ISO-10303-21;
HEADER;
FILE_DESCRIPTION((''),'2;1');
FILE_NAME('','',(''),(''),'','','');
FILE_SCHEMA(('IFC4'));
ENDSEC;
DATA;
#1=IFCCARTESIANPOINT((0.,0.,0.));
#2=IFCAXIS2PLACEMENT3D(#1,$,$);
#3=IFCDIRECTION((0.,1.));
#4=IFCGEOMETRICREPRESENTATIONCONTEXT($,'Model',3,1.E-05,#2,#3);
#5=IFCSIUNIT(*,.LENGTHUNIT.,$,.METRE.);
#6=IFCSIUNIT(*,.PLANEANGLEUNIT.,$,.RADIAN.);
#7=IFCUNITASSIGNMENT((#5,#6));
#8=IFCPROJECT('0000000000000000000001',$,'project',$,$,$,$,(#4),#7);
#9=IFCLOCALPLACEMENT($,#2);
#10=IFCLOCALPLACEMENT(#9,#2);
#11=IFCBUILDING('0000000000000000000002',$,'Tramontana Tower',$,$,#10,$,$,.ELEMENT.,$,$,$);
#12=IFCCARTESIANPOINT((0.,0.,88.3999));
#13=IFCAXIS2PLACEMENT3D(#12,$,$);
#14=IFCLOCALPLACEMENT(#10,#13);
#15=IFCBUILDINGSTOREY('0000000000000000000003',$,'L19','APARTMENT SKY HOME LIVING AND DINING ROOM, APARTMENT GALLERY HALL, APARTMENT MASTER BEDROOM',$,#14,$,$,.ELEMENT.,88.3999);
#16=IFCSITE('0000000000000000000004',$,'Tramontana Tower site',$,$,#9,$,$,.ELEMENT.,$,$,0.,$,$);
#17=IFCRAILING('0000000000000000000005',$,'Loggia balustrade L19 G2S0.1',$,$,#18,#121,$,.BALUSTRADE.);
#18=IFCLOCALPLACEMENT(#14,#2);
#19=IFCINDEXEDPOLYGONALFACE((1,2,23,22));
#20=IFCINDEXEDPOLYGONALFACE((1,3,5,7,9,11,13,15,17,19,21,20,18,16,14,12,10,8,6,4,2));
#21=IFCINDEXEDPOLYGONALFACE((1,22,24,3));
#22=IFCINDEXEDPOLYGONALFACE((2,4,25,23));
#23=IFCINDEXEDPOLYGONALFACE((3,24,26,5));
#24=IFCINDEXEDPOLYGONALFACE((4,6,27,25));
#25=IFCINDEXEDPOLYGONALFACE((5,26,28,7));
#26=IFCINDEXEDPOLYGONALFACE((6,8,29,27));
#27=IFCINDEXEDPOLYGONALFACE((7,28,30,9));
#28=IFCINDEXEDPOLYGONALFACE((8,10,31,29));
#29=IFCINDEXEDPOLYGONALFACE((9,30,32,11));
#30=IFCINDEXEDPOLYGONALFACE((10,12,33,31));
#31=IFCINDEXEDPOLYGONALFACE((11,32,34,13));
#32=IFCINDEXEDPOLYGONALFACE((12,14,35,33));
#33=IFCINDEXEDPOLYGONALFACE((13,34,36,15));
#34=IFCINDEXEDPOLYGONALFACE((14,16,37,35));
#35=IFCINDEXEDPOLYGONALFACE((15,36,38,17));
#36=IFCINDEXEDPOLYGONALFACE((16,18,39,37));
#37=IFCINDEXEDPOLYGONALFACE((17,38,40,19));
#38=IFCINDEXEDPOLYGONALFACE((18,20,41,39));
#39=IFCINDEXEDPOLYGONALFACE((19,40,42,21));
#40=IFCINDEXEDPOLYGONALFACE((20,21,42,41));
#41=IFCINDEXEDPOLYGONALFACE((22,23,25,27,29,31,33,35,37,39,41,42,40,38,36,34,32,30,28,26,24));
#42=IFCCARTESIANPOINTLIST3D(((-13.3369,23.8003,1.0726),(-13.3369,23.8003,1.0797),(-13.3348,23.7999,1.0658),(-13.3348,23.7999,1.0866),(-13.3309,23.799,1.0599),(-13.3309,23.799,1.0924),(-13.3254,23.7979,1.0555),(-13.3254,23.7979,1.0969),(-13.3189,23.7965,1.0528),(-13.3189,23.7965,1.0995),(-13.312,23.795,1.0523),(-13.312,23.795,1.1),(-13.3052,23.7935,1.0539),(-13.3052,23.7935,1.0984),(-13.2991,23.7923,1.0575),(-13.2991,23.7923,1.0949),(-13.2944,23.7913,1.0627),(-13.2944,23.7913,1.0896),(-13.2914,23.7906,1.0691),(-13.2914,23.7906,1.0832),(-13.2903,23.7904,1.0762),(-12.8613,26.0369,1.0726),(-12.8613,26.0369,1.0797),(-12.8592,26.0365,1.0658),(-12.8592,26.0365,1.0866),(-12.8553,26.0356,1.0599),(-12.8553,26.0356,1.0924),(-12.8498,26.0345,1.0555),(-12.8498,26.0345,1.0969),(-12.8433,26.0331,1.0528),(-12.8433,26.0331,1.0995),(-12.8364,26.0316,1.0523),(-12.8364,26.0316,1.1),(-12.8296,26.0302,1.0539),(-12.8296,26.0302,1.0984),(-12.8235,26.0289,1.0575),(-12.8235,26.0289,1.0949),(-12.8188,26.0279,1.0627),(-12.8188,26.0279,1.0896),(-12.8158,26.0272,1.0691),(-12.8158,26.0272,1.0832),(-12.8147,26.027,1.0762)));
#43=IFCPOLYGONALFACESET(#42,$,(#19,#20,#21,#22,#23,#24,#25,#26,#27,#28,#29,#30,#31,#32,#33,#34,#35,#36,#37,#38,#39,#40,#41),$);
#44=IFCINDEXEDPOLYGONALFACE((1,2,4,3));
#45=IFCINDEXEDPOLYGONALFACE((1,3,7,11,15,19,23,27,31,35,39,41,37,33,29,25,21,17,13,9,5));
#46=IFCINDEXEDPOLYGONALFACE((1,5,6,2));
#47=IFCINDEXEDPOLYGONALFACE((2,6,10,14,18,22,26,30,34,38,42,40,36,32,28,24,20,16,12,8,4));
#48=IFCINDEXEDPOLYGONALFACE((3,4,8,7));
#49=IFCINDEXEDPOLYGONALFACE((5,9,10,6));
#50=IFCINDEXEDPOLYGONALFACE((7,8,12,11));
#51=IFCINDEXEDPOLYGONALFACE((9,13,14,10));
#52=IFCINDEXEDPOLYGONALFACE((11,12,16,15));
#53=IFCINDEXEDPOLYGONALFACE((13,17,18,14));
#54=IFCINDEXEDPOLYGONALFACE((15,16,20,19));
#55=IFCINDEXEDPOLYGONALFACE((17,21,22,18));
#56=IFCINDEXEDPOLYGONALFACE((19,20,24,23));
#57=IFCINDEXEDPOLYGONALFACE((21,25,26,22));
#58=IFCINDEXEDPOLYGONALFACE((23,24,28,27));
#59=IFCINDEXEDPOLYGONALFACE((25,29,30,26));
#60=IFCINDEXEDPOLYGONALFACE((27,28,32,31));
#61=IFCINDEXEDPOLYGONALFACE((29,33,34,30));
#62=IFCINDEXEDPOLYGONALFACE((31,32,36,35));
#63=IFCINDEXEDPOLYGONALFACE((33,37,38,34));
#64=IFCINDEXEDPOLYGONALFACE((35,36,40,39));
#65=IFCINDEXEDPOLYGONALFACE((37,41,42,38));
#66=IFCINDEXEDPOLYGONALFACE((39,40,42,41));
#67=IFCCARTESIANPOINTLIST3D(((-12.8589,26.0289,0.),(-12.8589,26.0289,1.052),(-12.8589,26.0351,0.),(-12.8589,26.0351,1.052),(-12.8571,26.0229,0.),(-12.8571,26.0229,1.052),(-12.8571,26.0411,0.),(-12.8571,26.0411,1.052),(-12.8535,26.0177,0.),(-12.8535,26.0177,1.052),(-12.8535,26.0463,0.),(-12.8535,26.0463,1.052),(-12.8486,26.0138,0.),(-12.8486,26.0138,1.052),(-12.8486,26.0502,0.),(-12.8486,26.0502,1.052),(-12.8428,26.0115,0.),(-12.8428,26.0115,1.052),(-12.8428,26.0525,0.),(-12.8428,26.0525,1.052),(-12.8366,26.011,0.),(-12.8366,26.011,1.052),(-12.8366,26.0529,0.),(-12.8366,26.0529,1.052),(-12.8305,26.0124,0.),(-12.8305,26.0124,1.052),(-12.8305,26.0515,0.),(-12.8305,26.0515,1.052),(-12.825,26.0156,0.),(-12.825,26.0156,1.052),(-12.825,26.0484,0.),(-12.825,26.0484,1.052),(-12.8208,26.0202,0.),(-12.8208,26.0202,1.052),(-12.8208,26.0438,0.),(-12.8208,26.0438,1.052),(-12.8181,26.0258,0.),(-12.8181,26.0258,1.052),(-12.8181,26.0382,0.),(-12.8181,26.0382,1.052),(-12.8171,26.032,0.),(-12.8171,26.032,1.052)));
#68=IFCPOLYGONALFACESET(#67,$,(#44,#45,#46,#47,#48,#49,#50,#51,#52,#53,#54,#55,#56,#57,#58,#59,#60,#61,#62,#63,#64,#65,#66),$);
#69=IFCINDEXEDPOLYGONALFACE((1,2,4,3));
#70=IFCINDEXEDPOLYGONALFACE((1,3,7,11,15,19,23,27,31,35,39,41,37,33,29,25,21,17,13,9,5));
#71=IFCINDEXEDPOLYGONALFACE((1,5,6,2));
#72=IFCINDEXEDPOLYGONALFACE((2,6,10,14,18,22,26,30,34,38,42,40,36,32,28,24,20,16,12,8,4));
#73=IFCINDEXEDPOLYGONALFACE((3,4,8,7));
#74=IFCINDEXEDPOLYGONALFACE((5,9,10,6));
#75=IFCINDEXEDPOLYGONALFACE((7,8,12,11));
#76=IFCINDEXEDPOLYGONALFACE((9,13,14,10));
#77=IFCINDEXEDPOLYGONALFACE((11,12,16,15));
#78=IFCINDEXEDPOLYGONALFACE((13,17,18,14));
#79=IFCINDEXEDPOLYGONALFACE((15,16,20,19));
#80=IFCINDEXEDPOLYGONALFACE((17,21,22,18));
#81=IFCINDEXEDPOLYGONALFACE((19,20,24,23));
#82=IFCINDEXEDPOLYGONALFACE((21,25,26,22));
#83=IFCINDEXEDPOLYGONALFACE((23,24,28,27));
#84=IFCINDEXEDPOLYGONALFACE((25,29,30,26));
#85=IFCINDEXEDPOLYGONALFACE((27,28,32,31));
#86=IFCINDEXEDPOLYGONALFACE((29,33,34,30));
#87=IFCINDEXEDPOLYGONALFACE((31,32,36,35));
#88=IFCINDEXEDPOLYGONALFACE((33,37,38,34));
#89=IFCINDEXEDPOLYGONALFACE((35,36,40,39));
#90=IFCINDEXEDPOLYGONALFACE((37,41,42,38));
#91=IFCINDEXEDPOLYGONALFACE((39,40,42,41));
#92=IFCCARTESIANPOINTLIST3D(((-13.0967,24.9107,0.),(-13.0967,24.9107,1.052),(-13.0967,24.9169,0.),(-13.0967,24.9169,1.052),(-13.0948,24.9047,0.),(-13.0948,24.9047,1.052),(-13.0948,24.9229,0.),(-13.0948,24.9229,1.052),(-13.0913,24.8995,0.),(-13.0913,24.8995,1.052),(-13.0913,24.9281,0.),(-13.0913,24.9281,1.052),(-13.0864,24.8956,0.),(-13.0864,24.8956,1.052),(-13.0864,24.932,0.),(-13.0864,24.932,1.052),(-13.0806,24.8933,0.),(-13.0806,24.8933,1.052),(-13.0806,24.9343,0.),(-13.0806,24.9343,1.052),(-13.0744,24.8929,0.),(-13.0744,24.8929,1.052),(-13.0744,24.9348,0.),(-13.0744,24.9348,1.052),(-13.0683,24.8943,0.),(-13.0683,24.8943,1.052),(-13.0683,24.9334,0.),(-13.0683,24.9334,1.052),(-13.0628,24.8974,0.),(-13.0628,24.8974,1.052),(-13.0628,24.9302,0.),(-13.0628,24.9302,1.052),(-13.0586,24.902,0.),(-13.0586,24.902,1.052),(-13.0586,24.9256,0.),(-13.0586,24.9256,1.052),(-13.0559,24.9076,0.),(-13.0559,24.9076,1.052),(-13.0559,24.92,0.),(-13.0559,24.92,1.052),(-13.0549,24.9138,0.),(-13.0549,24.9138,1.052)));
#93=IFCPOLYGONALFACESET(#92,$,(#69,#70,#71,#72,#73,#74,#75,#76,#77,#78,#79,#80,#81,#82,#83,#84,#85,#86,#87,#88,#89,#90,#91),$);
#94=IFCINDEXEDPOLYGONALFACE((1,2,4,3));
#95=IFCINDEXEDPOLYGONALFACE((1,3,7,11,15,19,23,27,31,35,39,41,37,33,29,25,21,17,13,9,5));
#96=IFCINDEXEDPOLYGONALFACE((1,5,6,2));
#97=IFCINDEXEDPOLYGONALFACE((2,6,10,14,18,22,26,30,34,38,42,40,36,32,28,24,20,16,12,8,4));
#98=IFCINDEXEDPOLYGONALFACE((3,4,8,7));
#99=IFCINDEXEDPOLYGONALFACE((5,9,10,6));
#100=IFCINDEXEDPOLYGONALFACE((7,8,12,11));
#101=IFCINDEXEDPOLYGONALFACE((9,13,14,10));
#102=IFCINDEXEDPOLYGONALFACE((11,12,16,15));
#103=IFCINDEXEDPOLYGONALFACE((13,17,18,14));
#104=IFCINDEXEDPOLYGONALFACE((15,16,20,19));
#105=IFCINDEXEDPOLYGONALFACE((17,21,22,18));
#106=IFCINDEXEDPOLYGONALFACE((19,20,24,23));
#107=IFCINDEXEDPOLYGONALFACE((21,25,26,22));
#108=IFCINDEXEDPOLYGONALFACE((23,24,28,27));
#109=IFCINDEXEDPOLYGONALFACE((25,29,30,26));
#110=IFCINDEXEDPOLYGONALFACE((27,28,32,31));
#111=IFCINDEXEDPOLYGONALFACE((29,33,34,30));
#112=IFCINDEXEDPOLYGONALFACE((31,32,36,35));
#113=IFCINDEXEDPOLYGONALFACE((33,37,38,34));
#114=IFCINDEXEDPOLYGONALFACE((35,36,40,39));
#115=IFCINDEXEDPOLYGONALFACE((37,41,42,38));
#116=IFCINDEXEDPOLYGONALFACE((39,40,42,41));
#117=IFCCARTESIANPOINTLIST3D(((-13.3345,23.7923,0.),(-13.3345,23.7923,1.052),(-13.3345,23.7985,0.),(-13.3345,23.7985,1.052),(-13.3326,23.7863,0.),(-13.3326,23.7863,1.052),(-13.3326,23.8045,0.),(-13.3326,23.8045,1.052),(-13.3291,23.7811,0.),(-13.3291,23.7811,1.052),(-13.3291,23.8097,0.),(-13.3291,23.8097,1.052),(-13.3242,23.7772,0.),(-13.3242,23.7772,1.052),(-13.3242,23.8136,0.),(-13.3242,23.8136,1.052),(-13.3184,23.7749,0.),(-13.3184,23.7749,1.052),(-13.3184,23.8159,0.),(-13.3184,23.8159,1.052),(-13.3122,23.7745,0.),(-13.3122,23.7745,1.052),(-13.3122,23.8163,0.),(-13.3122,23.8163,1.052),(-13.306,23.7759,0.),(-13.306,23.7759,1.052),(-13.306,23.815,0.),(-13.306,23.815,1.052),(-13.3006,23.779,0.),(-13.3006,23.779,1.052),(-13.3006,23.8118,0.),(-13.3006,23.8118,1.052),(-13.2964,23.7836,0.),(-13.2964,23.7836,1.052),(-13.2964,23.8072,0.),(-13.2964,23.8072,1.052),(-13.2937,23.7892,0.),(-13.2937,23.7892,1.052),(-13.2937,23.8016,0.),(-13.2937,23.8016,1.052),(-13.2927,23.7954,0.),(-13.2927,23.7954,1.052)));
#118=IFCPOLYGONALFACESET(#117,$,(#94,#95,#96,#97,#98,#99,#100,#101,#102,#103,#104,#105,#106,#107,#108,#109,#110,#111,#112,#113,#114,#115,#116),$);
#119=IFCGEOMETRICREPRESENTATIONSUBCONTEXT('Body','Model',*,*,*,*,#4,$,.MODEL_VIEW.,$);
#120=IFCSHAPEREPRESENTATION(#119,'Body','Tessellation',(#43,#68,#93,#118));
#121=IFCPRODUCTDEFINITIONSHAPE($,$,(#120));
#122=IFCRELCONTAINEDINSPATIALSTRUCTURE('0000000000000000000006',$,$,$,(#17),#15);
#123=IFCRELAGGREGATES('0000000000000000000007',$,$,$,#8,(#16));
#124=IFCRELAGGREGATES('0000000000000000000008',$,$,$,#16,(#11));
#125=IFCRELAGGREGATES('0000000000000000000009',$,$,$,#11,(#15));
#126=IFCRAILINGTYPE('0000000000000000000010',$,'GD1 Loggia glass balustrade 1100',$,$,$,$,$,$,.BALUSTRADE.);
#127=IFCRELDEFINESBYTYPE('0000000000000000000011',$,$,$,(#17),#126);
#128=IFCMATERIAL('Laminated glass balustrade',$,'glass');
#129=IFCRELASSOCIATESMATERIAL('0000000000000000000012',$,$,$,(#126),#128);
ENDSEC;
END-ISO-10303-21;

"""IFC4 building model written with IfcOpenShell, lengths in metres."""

from ifc_helpers import new_model, si_unit, direction, frame, origin, origin_2d, place, context, subcontext, project, spatial, circle, extrude, material, type_object, element, save


model = new_model("IFC4")

# Units and contexts
model_context = context("Model", 3, precision=1e-05, world=origin(), true_north=direction((0.0, 1.0)))
body_context = subcontext(model_context, "Body", "Model", "MODEL_VIEW")
ifc_project = project(units=[si_unit("LENGTHUNIT", "METRE"), si_unit("PLANEANGLEUNIT", "RADIAN")], contexts=[model_context])

# Site, building, storey
site_placement = place(None, origin())
site = spatial("IfcSite", under=ifc_project, at=site_placement, Name="Tramontana Tower site", CompositionType="ELEMENT", RefElevation=0.0)
building_placement = place(site_placement, origin())
building = spatial("IfcBuilding", under=site, at=building_placement, Name="Tramontana Tower", CompositionType="ELEMENT")
storey_placement = place(building_placement, frame((0.0, 0.0, 88.3999)))
storey = spatial("IfcBuildingStorey", under=building, at=storey_placement, Name="L19", Description="APARTMENT SKY HOME LIVING AND DINING ROOM, APARTMENT GALLERY HALL, APARTMENT MASTER BEDROOM", CompositionType="ELEMENT", Elevation=88.3999)

# Railing
ifc_material_1 = material(Name="Laminated glass balustrade", Category="glass")
railing_type = type_object("IfcRailingType", Name="GD1 Loggia glass balustrade 1100", PredefinedType="BALUSTRADE", material=ifc_material_1)
railing_1_placement = place(storey_placement, frame((-12.8381, 26.032, 0.0)))
element("IfcRailing", 1, at=railing_1_placement, inside=storey, type_object=railing_type, Name="Loggia balustrade L19 G2S0.1", PredefinedType="BALUSTRADE", context=body_context, shape_type="SweptSolid", body=[
    extrude(circle(Radius=0.0239, at=origin_2d()), frame((0.0, 0.0, 1.0762), z_axis=(-0.20799, -0.978131, 0.0), x_axis=(0.978131, -0.20799, 0.0)), (0.0, 0.0, 1.0), 2.2866),
    extrude(circle(Radius=0.021, at=origin_2d()), origin(), (0.0, 0.0, 1.0), 1.052),
    extrude(circle(Radius=0.021, at=origin_2d()), frame((-0.2378, -1.1182, 0.0)), (0.0, 0.0, 1.0), 1.052),
    extrude(circle(Radius=0.021, at=origin_2d()), frame((-0.4756, -2.2366, 0.0)), (0.0, 0.0, 1.0), 1.052),
])

save(model, "model.ifc")
